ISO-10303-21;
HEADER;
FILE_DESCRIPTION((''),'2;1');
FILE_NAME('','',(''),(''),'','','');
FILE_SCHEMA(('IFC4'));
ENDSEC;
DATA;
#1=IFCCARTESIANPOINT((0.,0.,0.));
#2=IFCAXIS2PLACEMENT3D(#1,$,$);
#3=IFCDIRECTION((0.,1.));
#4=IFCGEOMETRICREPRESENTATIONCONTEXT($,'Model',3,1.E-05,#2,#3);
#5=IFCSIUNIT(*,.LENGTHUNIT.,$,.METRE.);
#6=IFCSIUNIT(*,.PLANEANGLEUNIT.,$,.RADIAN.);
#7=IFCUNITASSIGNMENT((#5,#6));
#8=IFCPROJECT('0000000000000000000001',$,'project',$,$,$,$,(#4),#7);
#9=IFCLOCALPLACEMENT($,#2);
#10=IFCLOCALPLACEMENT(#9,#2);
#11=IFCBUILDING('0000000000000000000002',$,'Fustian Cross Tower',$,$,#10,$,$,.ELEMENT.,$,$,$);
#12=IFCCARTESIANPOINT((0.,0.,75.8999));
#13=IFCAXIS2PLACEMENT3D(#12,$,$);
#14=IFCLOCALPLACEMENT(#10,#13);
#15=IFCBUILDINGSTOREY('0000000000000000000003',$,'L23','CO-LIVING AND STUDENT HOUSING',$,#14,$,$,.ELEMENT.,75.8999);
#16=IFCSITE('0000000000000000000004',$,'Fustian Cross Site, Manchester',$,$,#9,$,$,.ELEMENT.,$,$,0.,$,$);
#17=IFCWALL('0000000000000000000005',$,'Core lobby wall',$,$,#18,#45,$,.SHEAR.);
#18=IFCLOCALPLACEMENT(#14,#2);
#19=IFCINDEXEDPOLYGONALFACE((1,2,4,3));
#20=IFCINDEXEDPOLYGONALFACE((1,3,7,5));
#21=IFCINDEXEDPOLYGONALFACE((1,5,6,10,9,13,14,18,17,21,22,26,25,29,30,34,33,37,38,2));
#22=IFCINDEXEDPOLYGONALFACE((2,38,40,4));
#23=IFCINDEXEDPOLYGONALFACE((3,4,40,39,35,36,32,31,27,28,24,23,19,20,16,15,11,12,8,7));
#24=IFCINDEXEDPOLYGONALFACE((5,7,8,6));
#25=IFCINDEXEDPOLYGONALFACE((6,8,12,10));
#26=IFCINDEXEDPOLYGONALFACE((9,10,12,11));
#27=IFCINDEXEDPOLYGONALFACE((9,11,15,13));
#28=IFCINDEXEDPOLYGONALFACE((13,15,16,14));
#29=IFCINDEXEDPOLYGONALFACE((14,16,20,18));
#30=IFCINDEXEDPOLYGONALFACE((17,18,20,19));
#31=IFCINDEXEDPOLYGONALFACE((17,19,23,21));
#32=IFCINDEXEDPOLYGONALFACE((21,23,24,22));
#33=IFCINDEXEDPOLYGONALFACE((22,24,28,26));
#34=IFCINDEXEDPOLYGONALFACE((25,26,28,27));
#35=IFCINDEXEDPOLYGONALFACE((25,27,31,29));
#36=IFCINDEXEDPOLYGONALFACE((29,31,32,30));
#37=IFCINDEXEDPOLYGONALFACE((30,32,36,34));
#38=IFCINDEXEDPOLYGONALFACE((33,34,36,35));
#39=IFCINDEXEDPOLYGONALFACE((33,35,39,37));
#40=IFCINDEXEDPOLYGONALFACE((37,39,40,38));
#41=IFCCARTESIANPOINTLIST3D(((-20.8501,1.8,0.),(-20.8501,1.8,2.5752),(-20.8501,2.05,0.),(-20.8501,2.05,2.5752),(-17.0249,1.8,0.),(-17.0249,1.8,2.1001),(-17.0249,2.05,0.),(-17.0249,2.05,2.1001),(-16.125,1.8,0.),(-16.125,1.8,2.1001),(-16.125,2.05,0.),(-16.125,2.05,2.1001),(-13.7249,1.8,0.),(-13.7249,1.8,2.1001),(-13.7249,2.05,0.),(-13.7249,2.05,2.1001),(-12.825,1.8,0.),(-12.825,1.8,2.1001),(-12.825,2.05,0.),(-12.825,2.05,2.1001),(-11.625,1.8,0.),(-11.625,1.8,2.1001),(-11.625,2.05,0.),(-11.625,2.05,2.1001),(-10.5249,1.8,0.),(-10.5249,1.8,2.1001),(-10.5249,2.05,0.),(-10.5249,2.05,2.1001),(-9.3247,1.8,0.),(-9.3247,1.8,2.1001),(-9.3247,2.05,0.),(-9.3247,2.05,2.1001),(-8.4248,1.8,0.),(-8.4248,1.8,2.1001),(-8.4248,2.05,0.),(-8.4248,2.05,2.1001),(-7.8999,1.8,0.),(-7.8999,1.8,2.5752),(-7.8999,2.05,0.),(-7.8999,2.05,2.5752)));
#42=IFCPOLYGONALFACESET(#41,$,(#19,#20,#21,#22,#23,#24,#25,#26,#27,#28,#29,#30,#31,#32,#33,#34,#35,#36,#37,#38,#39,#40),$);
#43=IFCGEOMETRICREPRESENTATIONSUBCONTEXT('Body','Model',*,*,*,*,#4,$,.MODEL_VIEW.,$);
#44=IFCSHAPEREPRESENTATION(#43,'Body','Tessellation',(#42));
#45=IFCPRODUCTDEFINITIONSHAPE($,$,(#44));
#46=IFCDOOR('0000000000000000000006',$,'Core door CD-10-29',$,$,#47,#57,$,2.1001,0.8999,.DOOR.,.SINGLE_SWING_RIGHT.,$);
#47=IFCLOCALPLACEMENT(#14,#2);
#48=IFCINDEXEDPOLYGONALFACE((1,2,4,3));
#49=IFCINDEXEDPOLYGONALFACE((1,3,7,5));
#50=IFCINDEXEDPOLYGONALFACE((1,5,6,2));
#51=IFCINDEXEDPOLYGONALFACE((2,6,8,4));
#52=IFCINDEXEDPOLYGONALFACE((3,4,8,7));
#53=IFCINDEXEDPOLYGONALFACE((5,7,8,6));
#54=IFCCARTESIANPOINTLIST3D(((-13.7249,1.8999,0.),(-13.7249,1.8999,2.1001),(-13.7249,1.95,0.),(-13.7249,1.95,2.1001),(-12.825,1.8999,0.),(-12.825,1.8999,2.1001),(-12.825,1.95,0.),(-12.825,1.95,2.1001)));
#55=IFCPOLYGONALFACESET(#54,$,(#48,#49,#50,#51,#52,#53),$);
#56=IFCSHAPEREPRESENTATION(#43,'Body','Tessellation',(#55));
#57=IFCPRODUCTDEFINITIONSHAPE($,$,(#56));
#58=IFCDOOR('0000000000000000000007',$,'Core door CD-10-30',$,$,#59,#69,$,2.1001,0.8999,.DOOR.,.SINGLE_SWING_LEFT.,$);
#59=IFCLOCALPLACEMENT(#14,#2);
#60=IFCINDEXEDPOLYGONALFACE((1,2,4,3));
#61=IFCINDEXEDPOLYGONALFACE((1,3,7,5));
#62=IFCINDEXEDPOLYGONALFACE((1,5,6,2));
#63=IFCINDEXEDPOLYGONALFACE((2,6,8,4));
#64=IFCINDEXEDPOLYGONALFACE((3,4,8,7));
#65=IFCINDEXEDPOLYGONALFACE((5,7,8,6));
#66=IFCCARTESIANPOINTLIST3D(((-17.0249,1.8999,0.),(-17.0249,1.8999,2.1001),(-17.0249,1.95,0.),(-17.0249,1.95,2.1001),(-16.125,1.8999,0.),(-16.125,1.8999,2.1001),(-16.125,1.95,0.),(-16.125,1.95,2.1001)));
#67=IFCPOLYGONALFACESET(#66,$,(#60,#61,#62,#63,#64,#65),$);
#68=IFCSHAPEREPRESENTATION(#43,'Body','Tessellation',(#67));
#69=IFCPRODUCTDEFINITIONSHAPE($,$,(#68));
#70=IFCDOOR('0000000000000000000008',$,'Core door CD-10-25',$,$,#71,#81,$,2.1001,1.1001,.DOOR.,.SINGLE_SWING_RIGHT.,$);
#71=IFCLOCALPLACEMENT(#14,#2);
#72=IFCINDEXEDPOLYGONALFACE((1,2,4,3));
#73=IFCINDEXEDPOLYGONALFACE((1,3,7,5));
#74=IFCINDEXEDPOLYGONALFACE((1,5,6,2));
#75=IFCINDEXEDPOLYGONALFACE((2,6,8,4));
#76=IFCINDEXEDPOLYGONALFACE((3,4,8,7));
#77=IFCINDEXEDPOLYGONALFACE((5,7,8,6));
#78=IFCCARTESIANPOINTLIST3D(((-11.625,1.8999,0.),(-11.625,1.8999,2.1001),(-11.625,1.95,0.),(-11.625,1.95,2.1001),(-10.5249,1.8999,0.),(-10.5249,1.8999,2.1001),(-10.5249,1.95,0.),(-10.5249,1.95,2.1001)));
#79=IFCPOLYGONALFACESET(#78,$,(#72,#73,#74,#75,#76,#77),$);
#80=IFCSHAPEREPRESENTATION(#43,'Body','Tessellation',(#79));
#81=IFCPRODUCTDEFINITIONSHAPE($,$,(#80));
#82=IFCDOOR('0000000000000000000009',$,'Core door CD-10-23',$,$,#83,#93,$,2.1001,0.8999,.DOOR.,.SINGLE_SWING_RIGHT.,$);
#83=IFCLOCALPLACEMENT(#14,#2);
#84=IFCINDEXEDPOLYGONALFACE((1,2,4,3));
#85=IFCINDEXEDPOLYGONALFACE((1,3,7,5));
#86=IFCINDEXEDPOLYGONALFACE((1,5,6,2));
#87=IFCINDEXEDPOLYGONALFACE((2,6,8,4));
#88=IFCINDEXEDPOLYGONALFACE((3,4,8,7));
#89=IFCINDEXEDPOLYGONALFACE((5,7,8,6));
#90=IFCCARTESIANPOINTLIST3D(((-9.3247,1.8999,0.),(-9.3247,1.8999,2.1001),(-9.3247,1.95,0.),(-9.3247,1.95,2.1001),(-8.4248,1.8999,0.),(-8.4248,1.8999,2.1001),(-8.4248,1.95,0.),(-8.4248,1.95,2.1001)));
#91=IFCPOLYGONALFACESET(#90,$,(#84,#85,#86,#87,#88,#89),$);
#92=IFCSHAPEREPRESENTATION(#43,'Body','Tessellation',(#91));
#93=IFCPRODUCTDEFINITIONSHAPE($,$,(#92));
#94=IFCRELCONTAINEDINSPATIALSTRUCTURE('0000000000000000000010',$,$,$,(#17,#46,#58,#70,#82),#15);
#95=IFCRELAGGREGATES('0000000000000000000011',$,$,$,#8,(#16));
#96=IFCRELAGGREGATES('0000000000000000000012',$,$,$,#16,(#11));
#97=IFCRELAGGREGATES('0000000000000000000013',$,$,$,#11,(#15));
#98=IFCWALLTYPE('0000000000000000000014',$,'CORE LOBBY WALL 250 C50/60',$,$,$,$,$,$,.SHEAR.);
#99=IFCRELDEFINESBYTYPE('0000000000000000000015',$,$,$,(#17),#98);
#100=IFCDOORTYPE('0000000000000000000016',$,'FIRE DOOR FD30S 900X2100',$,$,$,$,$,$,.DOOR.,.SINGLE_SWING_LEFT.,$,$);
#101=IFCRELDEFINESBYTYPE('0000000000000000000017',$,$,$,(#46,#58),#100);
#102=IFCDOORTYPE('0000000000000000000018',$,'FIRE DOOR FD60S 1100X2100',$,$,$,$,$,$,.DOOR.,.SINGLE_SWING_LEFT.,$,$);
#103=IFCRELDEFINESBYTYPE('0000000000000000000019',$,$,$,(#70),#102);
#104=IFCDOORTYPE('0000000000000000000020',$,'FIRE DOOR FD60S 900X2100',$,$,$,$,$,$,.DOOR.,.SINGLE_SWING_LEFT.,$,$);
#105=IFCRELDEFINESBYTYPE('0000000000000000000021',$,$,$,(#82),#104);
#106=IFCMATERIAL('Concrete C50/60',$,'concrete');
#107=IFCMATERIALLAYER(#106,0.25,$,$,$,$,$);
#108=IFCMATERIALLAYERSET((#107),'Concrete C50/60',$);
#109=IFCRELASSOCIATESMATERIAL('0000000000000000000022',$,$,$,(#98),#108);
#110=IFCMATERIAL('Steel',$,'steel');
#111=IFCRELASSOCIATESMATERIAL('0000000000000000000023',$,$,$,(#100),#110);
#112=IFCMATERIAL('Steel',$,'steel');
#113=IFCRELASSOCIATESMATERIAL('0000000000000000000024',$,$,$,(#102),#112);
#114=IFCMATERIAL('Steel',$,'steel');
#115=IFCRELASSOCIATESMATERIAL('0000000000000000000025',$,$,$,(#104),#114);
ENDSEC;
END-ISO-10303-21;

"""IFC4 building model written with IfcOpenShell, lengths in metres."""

from ifc_helpers import new_model, si_unit, direction, frame, frame_2d, origin, place, context, subcontext, project, spatial, rectangle, extrude, material, layer, layer_set, type_object, element, fill, save


model = new_model("IFC4")

# Units and contexts
model_context = context("Model", 3, precision=1e-05, world=origin(), true_north=direction((0.0, 1.0)))
body_context = subcontext(model_context, "Body", "Model", "MODEL_VIEW")
ifc_project = project(units=[si_unit("LENGTHUNIT", "METRE"), si_unit("PLANEANGLEUNIT", "RADIAN")], contexts=[model_context])

# Site, building, storey
site_placement = place(None, origin())
site = spatial("IfcSite", under=ifc_project, at=site_placement, Name="Fustian Cross Site, Manchester", CompositionType="ELEMENT", RefElevation=0.0)
building_placement = place(site_placement, origin())
building = spatial("IfcBuilding", under=site, at=building_placement, Name="Fustian Cross Tower", CompositionType="ELEMENT")
storey_placement = place(building_placement, frame((0.0, 0.0, 75.8999)))
storey = spatial("IfcBuildingStorey", under=building, at=storey_placement, Name="L23", Description="CO-LIVING AND STUDENT HOUSING", CompositionType="ELEMENT", Elevation=75.8999)

# Wall, openings, doors
ifc_material_1 = material(Name="Concrete C50/60", Category="concrete")
ifc_layer_1 = layer(ifc_material_1, 0.25)
ifc_layer_set_1 = layer_set([ifc_layer_1], Name="Concrete C50/60")
wall_type_1 = type_object("IfcWallType", Name="CORE LOBBY WALL 250 C50/60", PredefinedType="SHEAR", material=ifc_layer_set_1)
wall_1_placement = place(storey_placement, frame((-7.8999, 1.925, 0.0), z_axis=(0.0, 0.0, 1.0), x_axis=(-1.0, 0.0, 0.0)))
wall_1 = element("IfcWall", 1, at=wall_1_placement, inside=storey, type_object=wall_type_1, Name="Core lobby wall", PredefinedType="SHEAR", context=body_context, shape_type="SweptSolid", body=[
    extrude(rectangle(XDim=12.9502, YDim=0.25, at=frame_2d((6.4751, 0.0))), origin(), (0.0, 0.0, 1.0), 2.5752),
])
opening_1_placement = place(wall_1_placement, frame((0.5249, 0.0, 0.0)))
opening_1 = element("IfcOpeningElement", 2, at=opening_1_placement, cuts=wall_1, PredefinedType="OPENING", context=body_context, shape_type="SweptSolid", body=[
    extrude(rectangle(XDim=0.8999, YDim=2.1001, at=frame_2d((0.45, 1.05))), frame((0.0, 0.135, 0.0), z_axis=(0.0, -1.0, 0.0), x_axis=(1.0, 0.0, 0.0)), (0.0, 0.0, 1.0), 0.27),
])
opening_2_placement = place(wall_1_placement, frame((2.625, 0.0, 0.0)))
opening_2 = element("IfcOpeningElement", 3, at=opening_2_placement, cuts=wall_1, PredefinedType="OPENING", context=body_context, shape_type="SweptSolid", body=[
    extrude(rectangle(XDim=1.1001, YDim=2.1001, at=frame_2d((0.55, 1.05))), frame((0.0, 0.135, 0.0), z_axis=(0.0, -1.0, 0.0), x_axis=(1.0, 0.0, 0.0)), (0.0, 0.0, 1.0), 0.27),
])
opening_3_placement = place(wall_1_placement, frame((4.925, 0.0, 0.0)))
opening_3 = element("IfcOpeningElement", 4, at=opening_3_placement, cuts=wall_1, PredefinedType="OPENING", context=body_context, shape_type="SweptSolid", body=[
    extrude(rectangle(XDim=0.8999, YDim=2.1001, at=frame_2d((0.45, 1.05))), frame((0.0, 0.135, 0.0), z_axis=(0.0, -1.0, 0.0), x_axis=(1.0, 0.0, 0.0)), (0.0, 0.0, 1.0), 0.27),
])
opening_4_placement = place(wall_1_placement, frame((8.2251, 0.0, 0.0)))
opening_4 = element("IfcOpeningElement", 5, at=opening_4_placement, cuts=wall_1, PredefinedType="OPENING", context=body_context, shape_type="SweptSolid", body=[
    extrude(rectangle(XDim=0.8999, YDim=2.1001, at=frame_2d((0.45, 1.05))), frame((0.0, 0.135, 0.0), z_axis=(0.0, -1.0, 0.0), x_axis=(1.0, 0.0, 0.0)), (0.0, 0.0, 1.0), 0.27),
])
ifc_material_2 = material(Name="Steel", Category="steel")
door_type_1 = type_object("IfcDoorType", Name="FIRE DOOR FD30S 900X2100", OperationType="SINGLE_SWING_LEFT", PredefinedType="DOOR", material=ifc_material_2)
door_1_placement = place(opening_3_placement, frame((0.8999, 0.0, 0.0), z_axis=(0.0, 0.0, 1.0), x_axis=(-1.0, 0.0, 0.0)))
door_1 = element("IfcDoor", 6, at=door_1_placement, inside=storey, type_object=door_type_1, Name="Core door CD-10-29", OperationType="SINGLE_SWING_RIGHT", OverallHeight=2.1001, OverallWidth=0.8999, PredefinedType="DOOR", context=body_context, shape_type="SweptSolid", body=[
    extrude(rectangle(XDim=0.8999, YDim=2.1001, at=frame_2d((0.45, 1.05))), frame((0.0, 0.0249, 0.0), z_axis=(0.0, -1.0, 0.0), x_axis=(1.0, 0.0, 0.0)), (0.0, 0.0, 1.0), 0.05),
])
fill(opening_3, door_1)
door_2_placement = place(opening_4_placement, frame((0.8999, 0.0, 0.0), z_axis=(0.0, 0.0, 1.0), x_axis=(-1.0, 0.0, 0.0)))
door_2 = element("IfcDoor", 7, at=door_2_placement, inside=storey, type_object=door_type_1, Name="Core door CD-10-30", OperationType="SINGLE_SWING_LEFT", OverallHeight=2.1001, OverallWidth=0.8999, PredefinedType="DOOR", context=body_context, shape_type="SweptSolid", body=[
    extrude(rectangle(XDim=0.8999, YDim=2.1001, at=frame_2d((0.45, 1.05))), frame((0.0, 0.0249, 0.0), z_axis=(0.0, -1.0, 0.0), x_axis=(1.0, 0.0, 0.0)), (0.0, 0.0, 1.0), 0.05),
])
fill(opening_4, door_2)
ifc_material_3 = material(Name="Steel", Category="steel")
door_type_2 = type_object("IfcDoorType", Name="FIRE DOOR FD60S 1100X2100", OperationType="SINGLE_SWING_LEFT", PredefinedType="DOOR", material=ifc_material_3)
door_3_placement = place(opening_2_placement, frame((1.1001, 0.0, 0.0), z_axis=(0.0, 0.0, 1.0), x_axis=(-1.0, 0.0, 0.0)))
door_3 = element("IfcDoor", 8, at=door_3_placement, inside=storey, type_object=door_type_2, Name="Core door CD-10-25", OperationType="SINGLE_SWING_RIGHT", OverallHeight=2.1001, OverallWidth=1.1001, PredefinedType="DOOR", context=body_context, shape_type="SweptSolid", body=[
    extrude(rectangle(XDim=1.1001, YDim=2.1001, at=frame_2d((0.55, 1.05))), frame((0.0, 0.0249, 0.0), z_axis=(0.0, -1.0, 0.0), x_axis=(1.0, 0.0, 0.0)), (0.0, 0.0, 1.0), 0.05),
])
fill(opening_2, door_3)
ifc_material_4 = material(Name="Steel", Category="steel")
door_type_3 = type_object("IfcDoorType", Name="FIRE DOOR FD60S 900X2100", OperationType="SINGLE_SWING_LEFT", PredefinedType="DOOR", material=ifc_material_4)
door_4_placement = place(opening_1_placement, frame((0.8999, 0.0, 0.0), z_axis=(0.0, 0.0, 1.0), x_axis=(-1.0, 0.0, 0.0)))
door_4 = element("IfcDoor", 9, at=door_4_placement, inside=storey, type_object=door_type_3, Name="Core door CD-10-23", OperationType="SINGLE_SWING_RIGHT", OverallHeight=2.1001, OverallWidth=0.8999, PredefinedType="DOOR", context=body_context, shape_type="SweptSolid", body=[
    extrude(rectangle(XDim=0.8999, YDim=2.1001, at=frame_2d((0.45, 1.05))), frame((0.0, 0.0249, 0.0), z_axis=(0.0, -1.0, 0.0), x_axis=(1.0, 0.0, 0.0)), (0.0, 0.0, 1.0), 0.05),
])
fill(opening_1, door_4)

save(model, "model.ifc")
